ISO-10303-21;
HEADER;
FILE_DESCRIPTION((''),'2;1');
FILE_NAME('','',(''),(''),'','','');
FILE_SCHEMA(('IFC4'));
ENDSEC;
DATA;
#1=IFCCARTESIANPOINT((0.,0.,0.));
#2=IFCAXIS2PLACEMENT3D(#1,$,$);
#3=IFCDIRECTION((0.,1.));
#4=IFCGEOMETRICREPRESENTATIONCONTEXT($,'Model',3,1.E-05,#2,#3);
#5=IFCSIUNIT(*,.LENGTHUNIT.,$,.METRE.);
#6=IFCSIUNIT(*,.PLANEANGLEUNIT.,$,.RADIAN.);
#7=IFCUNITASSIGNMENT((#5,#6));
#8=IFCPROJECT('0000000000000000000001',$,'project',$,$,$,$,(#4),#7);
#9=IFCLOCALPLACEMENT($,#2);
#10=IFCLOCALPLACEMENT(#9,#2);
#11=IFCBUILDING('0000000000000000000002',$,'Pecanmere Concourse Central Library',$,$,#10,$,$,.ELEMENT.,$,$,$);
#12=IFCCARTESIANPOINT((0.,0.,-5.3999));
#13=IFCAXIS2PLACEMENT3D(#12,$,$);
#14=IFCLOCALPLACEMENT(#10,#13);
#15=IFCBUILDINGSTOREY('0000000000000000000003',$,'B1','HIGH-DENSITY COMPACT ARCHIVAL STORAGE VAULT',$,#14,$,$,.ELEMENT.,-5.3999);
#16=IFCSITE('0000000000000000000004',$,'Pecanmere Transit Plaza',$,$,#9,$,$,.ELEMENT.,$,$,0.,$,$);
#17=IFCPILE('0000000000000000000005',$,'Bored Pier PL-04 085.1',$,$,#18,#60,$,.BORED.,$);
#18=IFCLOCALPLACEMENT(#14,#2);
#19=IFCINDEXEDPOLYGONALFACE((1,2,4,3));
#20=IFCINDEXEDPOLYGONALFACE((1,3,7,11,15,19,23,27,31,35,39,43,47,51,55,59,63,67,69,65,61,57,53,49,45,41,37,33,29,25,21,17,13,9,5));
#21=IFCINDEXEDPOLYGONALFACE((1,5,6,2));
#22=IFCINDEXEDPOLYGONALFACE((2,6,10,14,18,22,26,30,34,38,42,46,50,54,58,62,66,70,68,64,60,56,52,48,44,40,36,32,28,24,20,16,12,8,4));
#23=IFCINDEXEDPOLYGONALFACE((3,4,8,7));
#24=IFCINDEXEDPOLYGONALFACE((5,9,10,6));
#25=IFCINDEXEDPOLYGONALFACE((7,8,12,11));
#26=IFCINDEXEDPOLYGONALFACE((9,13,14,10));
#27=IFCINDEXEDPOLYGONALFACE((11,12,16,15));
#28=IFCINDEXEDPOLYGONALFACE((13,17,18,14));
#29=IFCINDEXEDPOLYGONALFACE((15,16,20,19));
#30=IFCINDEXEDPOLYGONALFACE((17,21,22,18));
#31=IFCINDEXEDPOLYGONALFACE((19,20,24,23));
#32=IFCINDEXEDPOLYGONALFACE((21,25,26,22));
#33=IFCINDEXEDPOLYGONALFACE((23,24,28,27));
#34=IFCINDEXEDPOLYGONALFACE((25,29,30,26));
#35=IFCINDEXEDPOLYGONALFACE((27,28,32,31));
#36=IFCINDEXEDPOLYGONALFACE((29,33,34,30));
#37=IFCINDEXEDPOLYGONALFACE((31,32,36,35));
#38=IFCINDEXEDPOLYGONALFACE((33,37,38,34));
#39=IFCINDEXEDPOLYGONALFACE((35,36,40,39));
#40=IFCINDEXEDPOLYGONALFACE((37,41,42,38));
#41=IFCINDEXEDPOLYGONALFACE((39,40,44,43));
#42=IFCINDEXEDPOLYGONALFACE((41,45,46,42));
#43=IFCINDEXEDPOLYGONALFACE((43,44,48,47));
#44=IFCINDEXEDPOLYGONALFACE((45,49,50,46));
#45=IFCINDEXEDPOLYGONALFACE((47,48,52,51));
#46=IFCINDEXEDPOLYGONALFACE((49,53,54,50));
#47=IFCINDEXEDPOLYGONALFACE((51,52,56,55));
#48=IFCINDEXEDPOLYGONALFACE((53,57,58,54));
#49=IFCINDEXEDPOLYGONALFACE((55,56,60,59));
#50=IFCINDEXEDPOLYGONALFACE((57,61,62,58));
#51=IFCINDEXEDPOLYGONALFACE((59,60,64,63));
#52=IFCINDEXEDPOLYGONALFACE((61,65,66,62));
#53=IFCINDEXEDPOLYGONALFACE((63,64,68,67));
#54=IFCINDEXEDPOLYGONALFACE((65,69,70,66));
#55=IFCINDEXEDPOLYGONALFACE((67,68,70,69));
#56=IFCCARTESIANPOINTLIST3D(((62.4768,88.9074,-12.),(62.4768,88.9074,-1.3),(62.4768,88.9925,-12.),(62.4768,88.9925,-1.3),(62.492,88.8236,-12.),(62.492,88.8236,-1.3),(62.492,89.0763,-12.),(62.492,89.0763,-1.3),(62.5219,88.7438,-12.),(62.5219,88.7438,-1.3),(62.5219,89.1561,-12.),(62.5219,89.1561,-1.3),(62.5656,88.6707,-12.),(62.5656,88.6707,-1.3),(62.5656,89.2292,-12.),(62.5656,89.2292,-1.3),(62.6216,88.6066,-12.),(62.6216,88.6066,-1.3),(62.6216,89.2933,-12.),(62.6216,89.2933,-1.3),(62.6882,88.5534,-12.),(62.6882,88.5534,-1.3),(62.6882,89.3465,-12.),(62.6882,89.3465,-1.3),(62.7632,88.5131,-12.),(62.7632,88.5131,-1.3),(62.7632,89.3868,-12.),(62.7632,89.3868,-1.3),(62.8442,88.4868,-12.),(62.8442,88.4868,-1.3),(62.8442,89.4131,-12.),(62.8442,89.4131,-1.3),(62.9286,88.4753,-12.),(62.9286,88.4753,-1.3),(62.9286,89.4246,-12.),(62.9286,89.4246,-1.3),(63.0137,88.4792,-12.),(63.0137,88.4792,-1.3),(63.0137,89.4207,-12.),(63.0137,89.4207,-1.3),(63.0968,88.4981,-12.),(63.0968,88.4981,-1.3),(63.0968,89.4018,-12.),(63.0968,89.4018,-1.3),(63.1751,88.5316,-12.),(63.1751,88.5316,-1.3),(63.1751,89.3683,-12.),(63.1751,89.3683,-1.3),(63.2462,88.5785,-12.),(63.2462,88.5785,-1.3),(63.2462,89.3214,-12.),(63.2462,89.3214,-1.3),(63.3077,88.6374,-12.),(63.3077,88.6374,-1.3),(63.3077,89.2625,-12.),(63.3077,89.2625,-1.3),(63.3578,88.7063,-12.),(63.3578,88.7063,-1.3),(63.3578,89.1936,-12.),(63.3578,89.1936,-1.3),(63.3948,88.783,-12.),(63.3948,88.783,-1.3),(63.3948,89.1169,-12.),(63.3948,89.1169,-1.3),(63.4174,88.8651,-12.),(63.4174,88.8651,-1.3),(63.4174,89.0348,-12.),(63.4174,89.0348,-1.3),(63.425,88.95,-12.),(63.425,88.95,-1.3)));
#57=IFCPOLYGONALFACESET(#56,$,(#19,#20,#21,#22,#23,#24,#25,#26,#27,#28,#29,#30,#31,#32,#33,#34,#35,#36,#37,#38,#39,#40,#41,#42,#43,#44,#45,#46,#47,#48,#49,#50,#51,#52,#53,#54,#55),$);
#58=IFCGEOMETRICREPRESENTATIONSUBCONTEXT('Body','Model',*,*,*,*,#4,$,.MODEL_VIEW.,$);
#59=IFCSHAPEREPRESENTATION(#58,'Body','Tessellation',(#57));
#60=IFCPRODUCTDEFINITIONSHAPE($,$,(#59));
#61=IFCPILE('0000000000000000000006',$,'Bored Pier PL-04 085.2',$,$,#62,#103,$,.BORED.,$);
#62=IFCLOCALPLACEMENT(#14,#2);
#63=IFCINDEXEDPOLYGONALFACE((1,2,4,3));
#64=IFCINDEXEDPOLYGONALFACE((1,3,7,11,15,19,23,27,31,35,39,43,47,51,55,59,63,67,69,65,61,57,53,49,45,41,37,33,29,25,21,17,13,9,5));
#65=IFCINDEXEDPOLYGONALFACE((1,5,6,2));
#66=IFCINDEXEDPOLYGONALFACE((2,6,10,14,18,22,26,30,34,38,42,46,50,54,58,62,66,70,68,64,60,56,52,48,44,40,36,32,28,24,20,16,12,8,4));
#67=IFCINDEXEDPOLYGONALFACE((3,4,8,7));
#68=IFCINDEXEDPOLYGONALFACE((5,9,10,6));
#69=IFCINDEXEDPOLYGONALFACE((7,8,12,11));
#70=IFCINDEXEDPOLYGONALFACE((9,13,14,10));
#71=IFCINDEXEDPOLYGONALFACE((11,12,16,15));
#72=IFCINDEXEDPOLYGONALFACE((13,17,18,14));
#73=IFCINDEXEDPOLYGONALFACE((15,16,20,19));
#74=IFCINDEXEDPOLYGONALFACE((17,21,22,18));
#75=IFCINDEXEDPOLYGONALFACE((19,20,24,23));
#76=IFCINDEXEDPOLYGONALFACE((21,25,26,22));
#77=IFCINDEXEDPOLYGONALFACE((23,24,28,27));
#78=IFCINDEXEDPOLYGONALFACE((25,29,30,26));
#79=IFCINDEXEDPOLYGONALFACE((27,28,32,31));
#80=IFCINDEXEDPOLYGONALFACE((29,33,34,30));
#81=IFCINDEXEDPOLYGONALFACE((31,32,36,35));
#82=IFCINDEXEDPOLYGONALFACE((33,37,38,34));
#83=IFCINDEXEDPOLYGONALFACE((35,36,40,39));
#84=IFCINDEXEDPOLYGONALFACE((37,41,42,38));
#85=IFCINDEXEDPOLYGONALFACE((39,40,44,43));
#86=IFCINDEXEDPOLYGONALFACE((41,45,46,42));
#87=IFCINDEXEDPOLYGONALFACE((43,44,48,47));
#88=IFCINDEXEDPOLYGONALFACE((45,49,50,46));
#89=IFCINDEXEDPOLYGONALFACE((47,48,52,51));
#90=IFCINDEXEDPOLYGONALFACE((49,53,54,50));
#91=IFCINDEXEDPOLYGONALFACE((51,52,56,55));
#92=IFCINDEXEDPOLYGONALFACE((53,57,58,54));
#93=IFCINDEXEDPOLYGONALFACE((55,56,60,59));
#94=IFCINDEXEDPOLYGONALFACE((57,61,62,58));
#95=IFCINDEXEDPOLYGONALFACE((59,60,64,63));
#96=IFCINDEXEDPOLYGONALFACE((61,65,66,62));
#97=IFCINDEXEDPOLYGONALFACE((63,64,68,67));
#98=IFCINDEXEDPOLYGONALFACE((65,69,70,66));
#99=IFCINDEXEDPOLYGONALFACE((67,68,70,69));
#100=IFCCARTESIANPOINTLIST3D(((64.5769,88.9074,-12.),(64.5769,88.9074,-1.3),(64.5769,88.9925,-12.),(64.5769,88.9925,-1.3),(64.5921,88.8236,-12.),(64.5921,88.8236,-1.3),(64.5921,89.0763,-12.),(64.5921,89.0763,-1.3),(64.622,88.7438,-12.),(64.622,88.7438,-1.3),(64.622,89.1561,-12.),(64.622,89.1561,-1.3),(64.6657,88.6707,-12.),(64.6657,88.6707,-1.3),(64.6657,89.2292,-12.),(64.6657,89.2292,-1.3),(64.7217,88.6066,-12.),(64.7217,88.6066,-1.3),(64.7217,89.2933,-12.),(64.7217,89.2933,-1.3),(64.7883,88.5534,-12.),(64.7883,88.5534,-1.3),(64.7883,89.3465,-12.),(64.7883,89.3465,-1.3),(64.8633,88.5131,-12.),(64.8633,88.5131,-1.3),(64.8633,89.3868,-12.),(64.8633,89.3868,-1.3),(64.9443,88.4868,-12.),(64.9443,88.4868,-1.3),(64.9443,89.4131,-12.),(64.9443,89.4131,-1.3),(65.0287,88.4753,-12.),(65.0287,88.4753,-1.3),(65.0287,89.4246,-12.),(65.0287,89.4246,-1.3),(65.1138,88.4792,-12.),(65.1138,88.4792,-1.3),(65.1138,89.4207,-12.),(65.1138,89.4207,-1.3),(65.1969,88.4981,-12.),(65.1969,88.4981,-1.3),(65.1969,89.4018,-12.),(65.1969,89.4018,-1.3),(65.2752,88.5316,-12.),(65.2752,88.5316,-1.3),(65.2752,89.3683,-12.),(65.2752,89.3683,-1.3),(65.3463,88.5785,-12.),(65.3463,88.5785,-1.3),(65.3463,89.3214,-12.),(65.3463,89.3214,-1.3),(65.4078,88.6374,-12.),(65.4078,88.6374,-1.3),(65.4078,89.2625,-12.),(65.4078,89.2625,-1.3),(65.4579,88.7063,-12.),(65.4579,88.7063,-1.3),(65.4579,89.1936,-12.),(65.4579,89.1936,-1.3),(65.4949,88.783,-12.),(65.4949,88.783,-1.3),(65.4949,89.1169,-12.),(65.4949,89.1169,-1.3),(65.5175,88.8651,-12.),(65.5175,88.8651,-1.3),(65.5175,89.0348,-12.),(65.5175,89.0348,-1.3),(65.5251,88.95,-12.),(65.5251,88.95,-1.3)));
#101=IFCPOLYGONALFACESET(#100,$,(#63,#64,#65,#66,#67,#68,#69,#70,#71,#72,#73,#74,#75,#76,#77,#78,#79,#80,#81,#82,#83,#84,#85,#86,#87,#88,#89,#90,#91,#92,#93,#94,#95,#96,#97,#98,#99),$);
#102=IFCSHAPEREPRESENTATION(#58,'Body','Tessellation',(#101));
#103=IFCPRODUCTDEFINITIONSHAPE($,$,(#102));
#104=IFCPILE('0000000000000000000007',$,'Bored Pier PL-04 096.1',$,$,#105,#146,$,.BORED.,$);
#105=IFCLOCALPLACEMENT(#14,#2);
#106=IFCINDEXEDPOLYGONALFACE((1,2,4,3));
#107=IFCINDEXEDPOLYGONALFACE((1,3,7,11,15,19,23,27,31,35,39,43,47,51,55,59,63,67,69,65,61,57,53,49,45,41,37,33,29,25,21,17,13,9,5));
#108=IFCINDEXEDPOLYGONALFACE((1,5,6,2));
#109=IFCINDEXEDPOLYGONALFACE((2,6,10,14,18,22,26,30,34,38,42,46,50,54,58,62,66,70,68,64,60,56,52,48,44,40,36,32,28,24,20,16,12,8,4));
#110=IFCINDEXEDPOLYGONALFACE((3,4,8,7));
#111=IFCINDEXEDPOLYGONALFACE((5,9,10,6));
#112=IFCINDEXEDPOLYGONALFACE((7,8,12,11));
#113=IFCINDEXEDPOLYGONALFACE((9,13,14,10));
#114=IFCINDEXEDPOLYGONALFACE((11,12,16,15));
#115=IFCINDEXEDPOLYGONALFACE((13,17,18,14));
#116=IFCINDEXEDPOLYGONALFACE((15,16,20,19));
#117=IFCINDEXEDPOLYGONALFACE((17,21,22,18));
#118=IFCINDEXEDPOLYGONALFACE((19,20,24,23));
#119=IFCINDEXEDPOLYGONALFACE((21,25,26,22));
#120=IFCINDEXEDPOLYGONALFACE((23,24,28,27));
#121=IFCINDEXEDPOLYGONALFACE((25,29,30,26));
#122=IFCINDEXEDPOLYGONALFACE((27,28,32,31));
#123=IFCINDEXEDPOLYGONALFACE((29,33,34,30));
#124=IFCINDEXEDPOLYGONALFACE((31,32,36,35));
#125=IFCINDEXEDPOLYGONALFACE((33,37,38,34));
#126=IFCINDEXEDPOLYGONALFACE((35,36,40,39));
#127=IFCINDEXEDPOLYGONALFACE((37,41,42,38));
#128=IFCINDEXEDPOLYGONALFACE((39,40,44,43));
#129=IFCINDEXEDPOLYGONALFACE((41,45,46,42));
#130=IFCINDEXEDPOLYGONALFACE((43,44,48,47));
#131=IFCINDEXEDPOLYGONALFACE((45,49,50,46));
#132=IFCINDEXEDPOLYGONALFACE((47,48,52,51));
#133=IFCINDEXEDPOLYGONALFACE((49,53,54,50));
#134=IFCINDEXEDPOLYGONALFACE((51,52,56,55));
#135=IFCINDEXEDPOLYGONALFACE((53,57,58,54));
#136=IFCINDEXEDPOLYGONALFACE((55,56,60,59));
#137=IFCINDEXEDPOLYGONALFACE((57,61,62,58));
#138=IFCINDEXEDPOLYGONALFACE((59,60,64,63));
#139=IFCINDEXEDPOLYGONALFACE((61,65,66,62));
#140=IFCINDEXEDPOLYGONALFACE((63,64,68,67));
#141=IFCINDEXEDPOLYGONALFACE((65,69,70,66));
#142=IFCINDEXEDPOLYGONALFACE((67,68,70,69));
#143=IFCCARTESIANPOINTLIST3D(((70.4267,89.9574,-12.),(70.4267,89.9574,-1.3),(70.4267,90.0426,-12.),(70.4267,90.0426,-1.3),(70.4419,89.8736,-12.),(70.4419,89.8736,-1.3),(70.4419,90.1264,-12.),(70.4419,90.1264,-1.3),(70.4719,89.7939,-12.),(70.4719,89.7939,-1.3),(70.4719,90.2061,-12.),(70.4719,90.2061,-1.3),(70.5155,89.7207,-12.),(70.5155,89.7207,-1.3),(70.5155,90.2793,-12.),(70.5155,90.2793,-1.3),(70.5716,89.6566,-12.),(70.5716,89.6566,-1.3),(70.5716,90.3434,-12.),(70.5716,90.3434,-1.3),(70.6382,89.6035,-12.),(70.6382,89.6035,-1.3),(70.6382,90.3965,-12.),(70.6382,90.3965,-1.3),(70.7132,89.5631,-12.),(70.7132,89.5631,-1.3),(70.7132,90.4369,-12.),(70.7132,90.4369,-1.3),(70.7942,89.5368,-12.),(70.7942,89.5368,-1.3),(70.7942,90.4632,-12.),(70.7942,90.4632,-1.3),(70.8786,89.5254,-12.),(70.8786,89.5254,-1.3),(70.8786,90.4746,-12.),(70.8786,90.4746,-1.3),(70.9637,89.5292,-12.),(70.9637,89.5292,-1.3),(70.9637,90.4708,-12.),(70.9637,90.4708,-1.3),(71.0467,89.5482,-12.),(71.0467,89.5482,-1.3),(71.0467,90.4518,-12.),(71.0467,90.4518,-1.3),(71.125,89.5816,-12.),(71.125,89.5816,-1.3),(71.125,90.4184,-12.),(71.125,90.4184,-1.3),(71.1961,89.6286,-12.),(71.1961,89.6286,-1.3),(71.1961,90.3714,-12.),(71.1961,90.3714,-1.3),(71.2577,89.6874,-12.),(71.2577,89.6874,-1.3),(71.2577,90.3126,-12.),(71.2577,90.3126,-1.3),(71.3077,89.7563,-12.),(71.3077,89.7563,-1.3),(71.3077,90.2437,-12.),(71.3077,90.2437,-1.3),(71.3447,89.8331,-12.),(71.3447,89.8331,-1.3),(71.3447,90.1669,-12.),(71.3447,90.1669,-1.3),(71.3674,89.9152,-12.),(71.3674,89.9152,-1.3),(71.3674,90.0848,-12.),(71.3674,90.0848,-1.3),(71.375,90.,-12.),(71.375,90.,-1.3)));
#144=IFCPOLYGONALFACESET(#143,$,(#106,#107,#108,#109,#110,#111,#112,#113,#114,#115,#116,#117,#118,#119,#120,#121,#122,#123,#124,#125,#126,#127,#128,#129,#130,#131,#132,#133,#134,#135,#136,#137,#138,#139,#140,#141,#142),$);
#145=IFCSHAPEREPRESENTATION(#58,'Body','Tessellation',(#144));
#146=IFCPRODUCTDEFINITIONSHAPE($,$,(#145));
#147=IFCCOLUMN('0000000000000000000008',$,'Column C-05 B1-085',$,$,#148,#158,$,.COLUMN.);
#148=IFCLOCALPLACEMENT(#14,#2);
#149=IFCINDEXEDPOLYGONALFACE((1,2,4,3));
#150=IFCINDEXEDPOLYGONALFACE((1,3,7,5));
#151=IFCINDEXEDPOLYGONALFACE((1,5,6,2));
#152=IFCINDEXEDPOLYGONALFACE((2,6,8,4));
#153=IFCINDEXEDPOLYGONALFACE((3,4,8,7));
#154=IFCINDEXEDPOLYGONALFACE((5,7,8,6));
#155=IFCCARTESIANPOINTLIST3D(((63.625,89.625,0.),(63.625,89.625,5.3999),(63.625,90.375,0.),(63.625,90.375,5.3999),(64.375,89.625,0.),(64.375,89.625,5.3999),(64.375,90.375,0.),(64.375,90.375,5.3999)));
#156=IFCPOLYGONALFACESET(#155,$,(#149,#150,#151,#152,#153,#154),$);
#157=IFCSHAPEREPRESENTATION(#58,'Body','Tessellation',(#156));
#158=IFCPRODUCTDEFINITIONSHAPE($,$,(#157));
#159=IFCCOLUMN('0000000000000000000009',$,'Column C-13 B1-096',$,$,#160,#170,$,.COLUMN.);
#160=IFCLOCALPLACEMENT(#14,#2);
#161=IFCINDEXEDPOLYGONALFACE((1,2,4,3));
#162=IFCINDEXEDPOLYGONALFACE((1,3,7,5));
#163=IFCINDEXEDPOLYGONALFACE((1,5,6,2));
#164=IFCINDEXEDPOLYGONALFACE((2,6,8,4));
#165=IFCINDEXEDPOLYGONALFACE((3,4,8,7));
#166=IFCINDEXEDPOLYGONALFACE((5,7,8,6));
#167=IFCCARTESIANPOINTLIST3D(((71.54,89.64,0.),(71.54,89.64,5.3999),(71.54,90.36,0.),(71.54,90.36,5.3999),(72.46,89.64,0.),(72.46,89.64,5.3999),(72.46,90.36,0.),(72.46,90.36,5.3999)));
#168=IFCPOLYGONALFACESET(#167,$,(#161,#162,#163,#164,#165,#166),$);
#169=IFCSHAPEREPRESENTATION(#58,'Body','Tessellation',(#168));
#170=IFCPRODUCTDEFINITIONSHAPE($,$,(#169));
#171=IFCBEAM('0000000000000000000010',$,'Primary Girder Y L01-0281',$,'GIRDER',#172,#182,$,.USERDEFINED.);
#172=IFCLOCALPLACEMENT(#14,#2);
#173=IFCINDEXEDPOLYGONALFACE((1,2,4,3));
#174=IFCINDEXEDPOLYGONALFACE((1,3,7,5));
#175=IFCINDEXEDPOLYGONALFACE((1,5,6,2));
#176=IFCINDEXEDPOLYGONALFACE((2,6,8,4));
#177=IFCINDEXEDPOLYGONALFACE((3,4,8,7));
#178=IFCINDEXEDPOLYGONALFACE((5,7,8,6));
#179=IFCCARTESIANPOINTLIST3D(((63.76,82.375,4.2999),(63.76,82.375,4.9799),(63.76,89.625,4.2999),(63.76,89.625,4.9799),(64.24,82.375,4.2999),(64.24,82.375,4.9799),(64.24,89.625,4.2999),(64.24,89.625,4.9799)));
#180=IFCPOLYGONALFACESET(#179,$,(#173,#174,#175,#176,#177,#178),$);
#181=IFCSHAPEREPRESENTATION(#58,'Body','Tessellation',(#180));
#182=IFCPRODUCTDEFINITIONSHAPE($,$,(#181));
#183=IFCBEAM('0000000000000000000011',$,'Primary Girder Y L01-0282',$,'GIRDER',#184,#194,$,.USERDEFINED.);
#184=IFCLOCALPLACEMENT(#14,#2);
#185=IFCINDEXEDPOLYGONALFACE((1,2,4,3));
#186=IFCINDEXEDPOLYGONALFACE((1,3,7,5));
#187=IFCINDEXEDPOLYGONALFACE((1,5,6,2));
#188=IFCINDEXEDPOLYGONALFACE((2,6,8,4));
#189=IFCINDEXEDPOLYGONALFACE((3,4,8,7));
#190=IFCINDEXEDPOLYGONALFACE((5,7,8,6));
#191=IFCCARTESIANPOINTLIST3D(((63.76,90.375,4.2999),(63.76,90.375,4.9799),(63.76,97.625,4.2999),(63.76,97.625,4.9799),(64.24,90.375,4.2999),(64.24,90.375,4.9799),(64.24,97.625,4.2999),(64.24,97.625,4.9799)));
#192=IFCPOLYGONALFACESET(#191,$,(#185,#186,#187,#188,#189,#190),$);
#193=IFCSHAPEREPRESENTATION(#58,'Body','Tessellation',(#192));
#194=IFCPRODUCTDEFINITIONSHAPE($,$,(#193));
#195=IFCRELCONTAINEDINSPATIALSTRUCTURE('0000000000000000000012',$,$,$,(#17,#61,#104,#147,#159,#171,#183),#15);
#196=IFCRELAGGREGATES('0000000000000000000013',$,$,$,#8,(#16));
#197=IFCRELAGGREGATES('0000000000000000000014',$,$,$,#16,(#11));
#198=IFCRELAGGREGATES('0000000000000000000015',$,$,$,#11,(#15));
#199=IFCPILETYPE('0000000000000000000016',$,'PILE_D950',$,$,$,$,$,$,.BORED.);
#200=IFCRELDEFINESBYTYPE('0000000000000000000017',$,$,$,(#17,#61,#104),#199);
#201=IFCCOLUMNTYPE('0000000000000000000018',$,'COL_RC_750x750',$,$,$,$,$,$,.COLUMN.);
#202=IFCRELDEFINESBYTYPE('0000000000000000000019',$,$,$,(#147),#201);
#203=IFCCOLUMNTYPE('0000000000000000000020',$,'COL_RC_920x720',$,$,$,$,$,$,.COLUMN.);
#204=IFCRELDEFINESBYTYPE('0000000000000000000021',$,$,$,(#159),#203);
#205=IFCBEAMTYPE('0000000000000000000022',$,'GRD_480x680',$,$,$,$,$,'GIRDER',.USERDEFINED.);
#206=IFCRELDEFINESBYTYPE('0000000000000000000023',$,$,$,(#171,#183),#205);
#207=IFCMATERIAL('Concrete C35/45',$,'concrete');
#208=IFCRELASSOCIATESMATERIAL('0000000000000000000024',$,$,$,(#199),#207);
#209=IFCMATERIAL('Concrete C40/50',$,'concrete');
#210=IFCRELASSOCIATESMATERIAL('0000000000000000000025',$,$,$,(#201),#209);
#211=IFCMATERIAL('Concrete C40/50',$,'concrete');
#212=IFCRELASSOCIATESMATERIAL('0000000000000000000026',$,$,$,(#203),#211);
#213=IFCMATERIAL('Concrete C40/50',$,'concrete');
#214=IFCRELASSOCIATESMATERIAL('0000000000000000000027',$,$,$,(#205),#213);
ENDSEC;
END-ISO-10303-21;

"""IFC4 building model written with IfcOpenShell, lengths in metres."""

from ifc_helpers import new_model, si_unit, direction, frame, origin, origin_2d, place, context, subcontext, project, spatial, rectangle, circle, extrude, material, material_profile, profile_set, type_object, element, save


model = new_model("IFC4")

# Units and contexts
model_context = context("Model", 3, precision=1e-05, world=origin(), true_north=direction((0.0, 1.0)))
body_context = subcontext(model_context, "Body", "Model", "MODEL_VIEW")
ifc_project = project(units=[si_unit("LENGTHUNIT", "METRE"), si_unit("PLANEANGLEUNIT", "RADIAN")], contexts=[model_context])

# Site, building, storey
site_placement = place(None, origin())
site = spatial("IfcSite", under=ifc_project, at=site_placement, Name="Pecanmere Transit Plaza", CompositionType="ELEMENT", RefElevation=0.0)
building_placement = place(site_placement, origin())
building = spatial("IfcBuilding", under=site, at=building_placement, Name="Pecanmere Concourse Central Library", CompositionType="ELEMENT")
storey_placement = place(building_placement, frame((0.0, 0.0, -5.3999)))
storey = spatial("IfcBuildingStorey", under=building, at=storey_placement, Name="B1", Description="HIGH-DENSITY COMPACT ARCHIVAL STORAGE VAULT", CompositionType="ELEMENT", Elevation=-5.3999)

# Piles
ifc_material_1 = material(Name="Concrete C35/45", Category="concrete")
ifc_material_profile_1 = material_profile(ifc_material_1, circle(Radius=0.4751, at=origin_2d()), Name="PIER D950")
ifc_profile_set_1 = profile_set([ifc_material_profile_1], Name="Concrete C35/45")
pile_type = type_object("IfcPileType", Name="PILE_D950", PredefinedType="BORED", material=ifc_profile_set_1)
for number, where, z_axis, x_axis, name in (
    (1, (62.95, 88.95, -1.3), (0.0, 0.0, -1.0), (1.0, 0.0, 0.0), "Bored Pier PL-04 085.1"),
    (2, (65.05, 88.95, -1.3), (0.0, 0.0, -1.0), (1.0, 0.0, 0.0), "Bored Pier PL-04 085.2"),
    (3, (70.8999, 90.0, -1.3), (0.0, 0.0, -1.0), (1.0, 0.0, 0.0), "Bored Pier PL-04 096.1"),
):
    element("IfcPile", number, at=place(storey_placement, frame(where, z_axis=z_axis, x_axis=x_axis)), inside=storey, type_object=pile_type, Name=name, PredefinedType="BORED", context=body_context, shape_type="SweptSolid", body=[
        extrude(circle(Radius=0.4751, at=origin_2d()), origin(), (0.0, 0.0, 1.0), 10.7),
    ])

# Columns
ifc_material_2 = material(Name="Concrete C40/50", Category="concrete")
ifc_material_profile_2 = material_profile(ifc_material_2, rectangle(XDim=0.75, YDim=0.75, at=origin_2d()), Name="RC 750x750")
ifc_profile_set_2 = profile_set([ifc_material_profile_2], Name="Concrete C40/50")
column_type_1 = type_object("IfcColumnType", Name="COL_RC_750x750", PredefinedType="COLUMN", material=ifc_profile_set_2)
column_1_placement = place(storey_placement, frame((64.0, 90.0, 0.0), z_axis=(0.0, 0.0, 1.0), x_axis=(1.0, 0.0, 0.0)))
element("IfcColumn", 4, at=column_1_placement, inside=storey, type_object=column_type_1, Name="Column C-05 B1-085", PredefinedType="COLUMN", context=body_context, shape_type="SweptSolid", body=[
    extrude(rectangle(XDim=0.75, YDim=0.75, at=origin_2d()), origin(), (0.0, 0.0, 1.0), 5.3999),
])
ifc_material_3 = material(Name="Concrete C40/50", Category="concrete")
ifc_material_profile_3 = material_profile(ifc_material_3, rectangle(XDim=0.9199, YDim=0.72, at=origin_2d()), Name="RC 920x720")
ifc_profile_set_3 = profile_set([ifc_material_profile_3], Name="Concrete C40/50")
column_type_2 = type_object("IfcColumnType", Name="COL_RC_920x720", PredefinedType="COLUMN", material=ifc_profile_set_3)
column_2_placement = place(storey_placement, frame((72.0, 90.0, 0.0), z_axis=(0.0, 0.0, 1.0), x_axis=(1.0, 0.0, 0.0)))
element("IfcColumn", 5, at=column_2_placement, inside=storey, type_object=column_type_2, Name="Column C-13 B1-096", PredefinedType="COLUMN", context=body_context, shape_type="SweptSolid", body=[
    extrude(rectangle(XDim=0.9199, YDim=0.72, at=origin_2d()), origin(), (0.0, 0.0, 1.0), 5.3999),
])

# Beams
ifc_material_4 = material(Name="Concrete C40/50", Category="concrete")
ifc_material_profile_4 = material_profile(ifc_material_4, rectangle(XDim=0.48, YDim=0.6799, at=origin_2d()), Name="RC 480x680")
ifc_profile_set_4 = profile_set([ifc_material_profile_4], Name="Concrete C40/50")
beam_type_1 = type_object("IfcBeamType", Name="GRD_480x680", ElementType="GIRDER", PredefinedType="USERDEFINED", material=ifc_profile_set_4)
for number, where, z_axis, x_axis, name in (
    (6, (64.0, 82.375, 4.6399), (0.0, 1.0, 0.0), (-1.0, 0.0, 0.0), "Primary Girder Y L01-0281"),
    (7, (64.0, 90.375, 4.6399), (0.0, 1.0, 0.0), (-1.0, 0.0, 0.0), "Primary Girder Y L01-0282"),
):
    element("IfcBeam", number, at=place(storey_placement, frame(where, z_axis=z_axis, x_axis=x_axis)), inside=storey, type_object=beam_type_1, Name=name, ObjectType="GIRDER", PredefinedType="USERDEFINED", context=body_context, shape_type="SweptSolid", body=[
        extrude(rectangle(XDim=0.48, YDim=0.6799, at=origin_2d()), origin(), (0.0, 0.0, 1.0), 7.25),
    ])

save(model, "model.ifc")
